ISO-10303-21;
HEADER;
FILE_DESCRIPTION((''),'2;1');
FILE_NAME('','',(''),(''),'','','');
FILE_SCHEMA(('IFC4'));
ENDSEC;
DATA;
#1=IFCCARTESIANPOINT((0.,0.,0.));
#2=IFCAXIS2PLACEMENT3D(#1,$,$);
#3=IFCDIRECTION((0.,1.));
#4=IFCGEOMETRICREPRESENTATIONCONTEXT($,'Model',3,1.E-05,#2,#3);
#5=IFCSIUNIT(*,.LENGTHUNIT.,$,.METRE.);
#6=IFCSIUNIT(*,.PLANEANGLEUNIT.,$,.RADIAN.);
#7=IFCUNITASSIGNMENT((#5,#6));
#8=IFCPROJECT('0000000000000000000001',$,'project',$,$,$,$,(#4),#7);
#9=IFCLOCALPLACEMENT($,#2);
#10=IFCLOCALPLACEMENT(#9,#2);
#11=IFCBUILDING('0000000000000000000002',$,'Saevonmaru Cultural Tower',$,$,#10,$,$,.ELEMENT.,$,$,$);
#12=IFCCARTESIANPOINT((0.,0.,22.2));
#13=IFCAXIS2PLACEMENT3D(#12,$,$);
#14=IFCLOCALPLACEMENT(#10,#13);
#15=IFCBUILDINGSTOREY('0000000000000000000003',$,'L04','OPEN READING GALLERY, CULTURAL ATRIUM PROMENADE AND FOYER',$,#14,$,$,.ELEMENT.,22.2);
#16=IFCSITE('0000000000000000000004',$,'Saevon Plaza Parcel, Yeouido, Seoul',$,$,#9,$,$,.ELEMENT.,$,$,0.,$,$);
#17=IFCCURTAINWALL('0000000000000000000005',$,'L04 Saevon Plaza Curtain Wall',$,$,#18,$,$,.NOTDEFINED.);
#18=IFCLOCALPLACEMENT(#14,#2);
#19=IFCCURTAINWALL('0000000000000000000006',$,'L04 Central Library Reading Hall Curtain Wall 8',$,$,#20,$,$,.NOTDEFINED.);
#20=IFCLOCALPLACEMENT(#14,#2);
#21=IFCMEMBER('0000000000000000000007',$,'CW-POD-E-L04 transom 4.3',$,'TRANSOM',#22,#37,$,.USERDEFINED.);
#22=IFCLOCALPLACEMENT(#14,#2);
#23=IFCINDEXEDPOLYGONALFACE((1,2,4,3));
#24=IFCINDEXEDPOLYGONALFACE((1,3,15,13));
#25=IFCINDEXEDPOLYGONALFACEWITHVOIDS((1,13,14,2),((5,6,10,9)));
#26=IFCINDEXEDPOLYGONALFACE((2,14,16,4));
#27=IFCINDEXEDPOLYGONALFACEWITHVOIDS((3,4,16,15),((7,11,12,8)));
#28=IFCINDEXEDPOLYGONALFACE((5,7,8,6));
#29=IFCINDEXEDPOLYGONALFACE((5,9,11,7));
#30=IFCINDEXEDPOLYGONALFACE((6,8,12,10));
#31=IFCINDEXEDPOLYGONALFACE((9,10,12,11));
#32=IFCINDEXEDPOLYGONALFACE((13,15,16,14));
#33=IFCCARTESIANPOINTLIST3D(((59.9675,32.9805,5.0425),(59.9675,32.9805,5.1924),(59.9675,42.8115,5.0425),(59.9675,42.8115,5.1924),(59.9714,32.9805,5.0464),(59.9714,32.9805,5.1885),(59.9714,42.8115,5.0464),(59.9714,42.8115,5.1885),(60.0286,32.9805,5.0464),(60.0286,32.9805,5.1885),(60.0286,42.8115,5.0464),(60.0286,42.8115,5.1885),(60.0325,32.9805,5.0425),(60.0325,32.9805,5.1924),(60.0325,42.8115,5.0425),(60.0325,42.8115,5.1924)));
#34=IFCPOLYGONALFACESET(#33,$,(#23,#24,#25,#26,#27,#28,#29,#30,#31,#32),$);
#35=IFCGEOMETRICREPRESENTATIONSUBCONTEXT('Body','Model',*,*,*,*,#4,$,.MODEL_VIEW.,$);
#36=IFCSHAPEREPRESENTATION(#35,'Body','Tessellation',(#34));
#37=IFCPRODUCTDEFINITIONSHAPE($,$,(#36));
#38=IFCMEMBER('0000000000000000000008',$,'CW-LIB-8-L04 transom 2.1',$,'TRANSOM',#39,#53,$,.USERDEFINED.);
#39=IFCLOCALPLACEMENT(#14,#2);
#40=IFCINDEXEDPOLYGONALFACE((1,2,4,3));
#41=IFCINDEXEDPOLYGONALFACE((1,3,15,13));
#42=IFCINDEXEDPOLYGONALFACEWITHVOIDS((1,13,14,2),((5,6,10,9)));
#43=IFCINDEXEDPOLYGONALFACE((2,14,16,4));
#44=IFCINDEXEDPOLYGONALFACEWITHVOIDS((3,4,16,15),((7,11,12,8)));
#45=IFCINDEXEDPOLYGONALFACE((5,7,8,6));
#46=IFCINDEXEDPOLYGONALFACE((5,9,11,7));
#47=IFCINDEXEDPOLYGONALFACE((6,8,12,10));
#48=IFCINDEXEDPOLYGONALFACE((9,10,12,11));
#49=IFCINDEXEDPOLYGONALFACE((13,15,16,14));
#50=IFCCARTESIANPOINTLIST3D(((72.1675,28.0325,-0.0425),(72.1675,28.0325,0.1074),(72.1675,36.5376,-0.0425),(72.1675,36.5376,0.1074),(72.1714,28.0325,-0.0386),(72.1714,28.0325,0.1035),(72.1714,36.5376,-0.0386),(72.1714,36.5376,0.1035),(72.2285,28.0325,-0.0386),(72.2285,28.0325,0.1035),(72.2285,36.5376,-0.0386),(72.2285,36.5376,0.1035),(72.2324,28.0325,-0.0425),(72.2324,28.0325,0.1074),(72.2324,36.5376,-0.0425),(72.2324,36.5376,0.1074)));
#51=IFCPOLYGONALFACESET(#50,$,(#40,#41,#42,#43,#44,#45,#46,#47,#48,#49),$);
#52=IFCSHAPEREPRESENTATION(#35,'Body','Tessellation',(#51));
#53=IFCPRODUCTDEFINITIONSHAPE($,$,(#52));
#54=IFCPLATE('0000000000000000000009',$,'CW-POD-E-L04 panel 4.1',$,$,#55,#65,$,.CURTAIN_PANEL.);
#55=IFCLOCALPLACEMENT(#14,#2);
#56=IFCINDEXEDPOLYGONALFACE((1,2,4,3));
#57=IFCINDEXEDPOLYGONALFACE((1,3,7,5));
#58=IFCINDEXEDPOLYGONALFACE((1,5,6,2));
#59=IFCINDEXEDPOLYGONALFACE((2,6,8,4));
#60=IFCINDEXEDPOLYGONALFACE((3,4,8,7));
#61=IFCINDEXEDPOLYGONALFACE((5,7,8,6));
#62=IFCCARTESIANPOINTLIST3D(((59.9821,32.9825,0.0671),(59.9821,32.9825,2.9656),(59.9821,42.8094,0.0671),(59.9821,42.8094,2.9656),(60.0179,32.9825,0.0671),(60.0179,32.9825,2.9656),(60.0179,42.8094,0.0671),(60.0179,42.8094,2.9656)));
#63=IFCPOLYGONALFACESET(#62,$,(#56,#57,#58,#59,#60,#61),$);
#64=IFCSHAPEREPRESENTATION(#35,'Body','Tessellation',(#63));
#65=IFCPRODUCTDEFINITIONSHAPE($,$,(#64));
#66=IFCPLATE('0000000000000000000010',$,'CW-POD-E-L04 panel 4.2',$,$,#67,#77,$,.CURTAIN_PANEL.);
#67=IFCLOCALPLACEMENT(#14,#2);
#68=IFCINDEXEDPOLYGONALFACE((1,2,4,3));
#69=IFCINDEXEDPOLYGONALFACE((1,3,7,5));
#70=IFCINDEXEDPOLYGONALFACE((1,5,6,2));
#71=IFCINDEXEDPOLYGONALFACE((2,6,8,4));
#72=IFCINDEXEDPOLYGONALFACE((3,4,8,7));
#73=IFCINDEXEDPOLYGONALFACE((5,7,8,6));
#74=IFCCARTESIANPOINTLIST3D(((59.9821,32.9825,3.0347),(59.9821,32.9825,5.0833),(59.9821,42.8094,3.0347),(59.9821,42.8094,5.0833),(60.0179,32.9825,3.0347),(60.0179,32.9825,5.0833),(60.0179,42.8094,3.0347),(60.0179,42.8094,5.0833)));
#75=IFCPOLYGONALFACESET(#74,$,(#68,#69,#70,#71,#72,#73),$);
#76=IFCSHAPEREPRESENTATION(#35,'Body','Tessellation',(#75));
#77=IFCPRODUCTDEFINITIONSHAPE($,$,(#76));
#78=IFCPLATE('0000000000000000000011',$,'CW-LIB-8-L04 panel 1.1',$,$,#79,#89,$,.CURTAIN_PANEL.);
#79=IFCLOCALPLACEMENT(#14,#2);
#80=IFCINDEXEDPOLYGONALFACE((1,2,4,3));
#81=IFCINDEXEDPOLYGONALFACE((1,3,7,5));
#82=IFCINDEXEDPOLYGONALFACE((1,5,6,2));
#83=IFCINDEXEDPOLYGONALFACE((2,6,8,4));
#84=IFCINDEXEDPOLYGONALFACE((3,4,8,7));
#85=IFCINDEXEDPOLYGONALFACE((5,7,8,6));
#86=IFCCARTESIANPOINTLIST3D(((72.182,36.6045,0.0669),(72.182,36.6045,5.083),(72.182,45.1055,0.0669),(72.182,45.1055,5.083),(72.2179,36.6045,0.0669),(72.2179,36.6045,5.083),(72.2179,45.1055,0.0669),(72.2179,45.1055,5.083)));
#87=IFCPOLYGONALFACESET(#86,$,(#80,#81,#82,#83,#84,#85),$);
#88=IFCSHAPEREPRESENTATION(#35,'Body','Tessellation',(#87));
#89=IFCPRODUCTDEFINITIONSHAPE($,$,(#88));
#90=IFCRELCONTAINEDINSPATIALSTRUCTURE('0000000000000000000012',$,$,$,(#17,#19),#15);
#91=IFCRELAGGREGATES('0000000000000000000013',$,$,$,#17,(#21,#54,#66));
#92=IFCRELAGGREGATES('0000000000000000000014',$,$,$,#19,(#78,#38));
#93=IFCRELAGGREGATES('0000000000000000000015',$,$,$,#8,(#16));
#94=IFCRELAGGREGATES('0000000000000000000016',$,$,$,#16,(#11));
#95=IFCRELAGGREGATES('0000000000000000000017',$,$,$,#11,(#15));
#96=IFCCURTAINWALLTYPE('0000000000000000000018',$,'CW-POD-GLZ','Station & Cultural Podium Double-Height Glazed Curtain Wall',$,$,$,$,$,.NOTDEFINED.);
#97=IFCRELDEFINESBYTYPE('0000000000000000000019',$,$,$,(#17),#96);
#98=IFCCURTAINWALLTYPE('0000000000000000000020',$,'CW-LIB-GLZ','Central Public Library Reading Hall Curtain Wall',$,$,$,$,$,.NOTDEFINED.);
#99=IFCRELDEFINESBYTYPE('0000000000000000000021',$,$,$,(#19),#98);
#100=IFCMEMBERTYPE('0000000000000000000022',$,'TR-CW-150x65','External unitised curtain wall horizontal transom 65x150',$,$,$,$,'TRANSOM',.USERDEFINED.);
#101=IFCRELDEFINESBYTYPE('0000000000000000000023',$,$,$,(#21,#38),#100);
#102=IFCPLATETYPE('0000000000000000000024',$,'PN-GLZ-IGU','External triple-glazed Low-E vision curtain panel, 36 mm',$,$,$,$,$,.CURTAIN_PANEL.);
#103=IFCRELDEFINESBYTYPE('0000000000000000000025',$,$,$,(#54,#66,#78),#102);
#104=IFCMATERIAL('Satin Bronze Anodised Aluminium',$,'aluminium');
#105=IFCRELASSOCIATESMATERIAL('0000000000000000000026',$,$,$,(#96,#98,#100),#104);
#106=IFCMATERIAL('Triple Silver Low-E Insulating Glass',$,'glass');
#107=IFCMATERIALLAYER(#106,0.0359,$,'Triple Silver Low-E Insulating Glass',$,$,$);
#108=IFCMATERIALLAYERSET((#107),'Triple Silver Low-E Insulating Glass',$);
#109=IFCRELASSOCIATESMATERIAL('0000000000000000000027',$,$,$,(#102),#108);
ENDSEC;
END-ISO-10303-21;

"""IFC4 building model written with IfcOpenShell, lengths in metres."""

from ifc_helpers import new_model, si_unit, direction, frame, origin, origin_2d, place, context, subcontext, project, spatial, rectangle, hollow_rectangle, extrude, material, layer, layer_set, material_profile, profile_set, type_object, element, aggregate, save


model = new_model("IFC4")

# Units and contexts
model_context = context("Model", 3, precision=1e-05, world=origin(), true_north=direction((0.0, 1.0)))
body_context = subcontext(model_context, "Body", "Model", "MODEL_VIEW")
ifc_project = project(units=[si_unit("LENGTHUNIT", "METRE"), si_unit("PLANEANGLEUNIT", "RADIAN")], contexts=[model_context])

# Site, building, storey
site_placement = place(None, origin())
site = spatial("IfcSite", under=ifc_project, at=site_placement, Name="Saevon Plaza Parcel, Yeouido, Seoul", CompositionType="ELEMENT", RefElevation=0.0)
building_placement = place(site_placement, origin())
building = spatial("IfcBuilding", under=site, at=building_placement, Name="Saevonmaru Cultural Tower", CompositionType="ELEMENT")
storey_placement = place(building_placement, frame((0.0, 0.0, 22.2)))
storey = spatial("IfcBuildingStorey", under=building, at=storey_placement, Name="L04", Description="OPEN READING GALLERY, CULTURAL ATRIUM PROMENADE AND FOYER", CompositionType="ELEMENT", Elevation=22.2)

# Curtain wall
ifc_material_1 = material(Name="Satin Bronze Anodised Aluminium", Category="aluminium")
curtain_wall_type_1 = type_object("IfcCurtainWallType", Name="CW-POD-GLZ", Description="Station & Cultural Podium Double-Height Glazed Curtain Wall", PredefinedType="NOTDEFINED", material=ifc_material_1)
curtain_wall_1_placement = place(storey_placement, origin())
curtain_wall_1 = element("IfcCurtainWall", 1, at=curtain_wall_1_placement, inside=storey, type_object=curtain_wall_type_1, Name="L04 Saevon Plaza Curtain Wall", PredefinedType="NOTDEFINED")

# Curtain wall
curtain_wall_type_2 = type_object("IfcCurtainWallType", Name="CW-LIB-GLZ", Description="Central Public Library Reading Hall Curtain Wall", PredefinedType="NOTDEFINED", material=ifc_material_1)
curtain_wall_2_placement = place(storey_placement, origin())
curtain_wall_2 = element("IfcCurtainWall", 2, at=curtain_wall_2_placement, inside=storey, type_object=curtain_wall_type_2, Name="L04 Central Library Reading Hall Curtain Wall 8", PredefinedType="NOTDEFINED")

# Members
ifc_material_profile_1 = material_profile(ifc_material_1, hollow_rectangle(XDim=0.0649, YDim=0.1499, WallThickness=0.0039, at=origin_2d()), Name="ALU-TRAN-150x65x4")
ifc_profile_set_1 = profile_set([ifc_material_profile_1], Name="Satin Bronze Anodised Aluminium")
member_type_1 = type_object("IfcMemberType", Name="TR-CW-150x65", Description="External unitised curtain wall horizontal transom 65x150", ElementType="TRANSOM", PredefinedType="USERDEFINED", material=ifc_profile_set_1)
member_1_placement = place(storey_placement, frame((60.0, 32.9805, 5.1174), z_axis=(0.0, 1.0, 0.0), x_axis=(-1.0, 0.0, 0.0)))
member_1 = element("IfcMember", 3, at=member_1_placement, type_object=member_type_1, Name="CW-POD-E-L04 transom 4.3", ObjectType="TRANSOM", PredefinedType="USERDEFINED", context=body_context, shape_type="SweptSolid", body=[
    extrude(hollow_rectangle(XDim=0.0649, YDim=0.1499, WallThickness=0.0039, at=origin_2d()), origin(), (0.0, 0.0, 1.0), 9.8311),
])
member_2_placement = place(storey_placement, frame((72.2, 36.5376, 0.0325), z_axis=(0.0, -1.0, 0.0), x_axis=(1.0, 0.0, 0.0)))
member_2 = element("IfcMember", 4, at=member_2_placement, type_object=member_type_1, Name="CW-LIB-8-L04 transom 2.1", ObjectType="TRANSOM", PredefinedType="USERDEFINED", context=body_context, shape_type="SweptSolid", body=[
    extrude(hollow_rectangle(XDim=0.0649, YDim=0.1499, WallThickness=0.0039, at=origin_2d()), origin(), (0.0, 0.0, 1.0), 8.5051),
])

# Plates
ifc_material_2 = material(Name="Triple Silver Low-E Insulating Glass", Category="glass")
ifc_layer = layer(ifc_material_2, 0.0359, Name="Triple Silver Low-E Insulating Glass")
ifc_layer_set = layer_set([ifc_layer], Name="Triple Silver Low-E Insulating Glass")
plate_type = type_object("IfcPlateType", Name="PN-GLZ-IGU", Description="External triple-glazed Low-E vision curtain panel, 36 mm", PredefinedType="CURTAIN_PANEL", material=ifc_layer_set)
plate_1_placement = place(storey_placement, frame((60.0, 37.896, 0.0671), z_axis=(0.0, 0.0, 1.0), x_axis=(0.0, 1.0, 0.0)))
plate_1 = element("IfcPlate", 5, at=plate_1_placement, type_object=plate_type, Name="CW-POD-E-L04 panel 4.1", PredefinedType="CURTAIN_PANEL", context=body_context, shape_type="SweptSolid", body=[
    extrude(rectangle(XDim=9.8269, YDim=0.0359, at=origin_2d()), origin(), (0.0, 0.0, 1.0), 2.8984),
])
plate_2_placement = place(storey_placement, frame((60.0, 37.896, 3.0347), z_axis=(0.0, 0.0, 1.0), x_axis=(0.0, 1.0, 0.0)))
plate_2 = element("IfcPlate", 6, at=plate_2_placement, type_object=plate_type, Name="CW-POD-E-L04 panel 4.2", PredefinedType="CURTAIN_PANEL", context=body_context, shape_type="SweptSolid", body=[
    extrude(rectangle(XDim=9.8269, YDim=0.0359, at=origin_2d()), origin(), (0.0, 0.0, 1.0), 2.0486),
])
aggregate(curtain_wall_1, [member_1, plate_1, plate_2])
plate_3_placement = place(storey_placement, frame((72.2, 40.855, 0.0669), z_axis=(0.0, 0.0, 1.0), x_axis=(0.0, -1.0, 0.0)))
plate_3 = element("IfcPlate", 7, at=plate_3_placement, type_object=plate_type, Name="CW-LIB-8-L04 panel 1.1", PredefinedType="CURTAIN_PANEL", context=body_context, shape_type="SweptSolid", body=[
    extrude(rectangle(XDim=8.501, YDim=0.0359, at=origin_2d()), origin(), (0.0, 0.0, 1.0), 5.0161),
])
aggregate(curtain_wall_2, [plate_3, member_2])

save(model, "model.ifc")
